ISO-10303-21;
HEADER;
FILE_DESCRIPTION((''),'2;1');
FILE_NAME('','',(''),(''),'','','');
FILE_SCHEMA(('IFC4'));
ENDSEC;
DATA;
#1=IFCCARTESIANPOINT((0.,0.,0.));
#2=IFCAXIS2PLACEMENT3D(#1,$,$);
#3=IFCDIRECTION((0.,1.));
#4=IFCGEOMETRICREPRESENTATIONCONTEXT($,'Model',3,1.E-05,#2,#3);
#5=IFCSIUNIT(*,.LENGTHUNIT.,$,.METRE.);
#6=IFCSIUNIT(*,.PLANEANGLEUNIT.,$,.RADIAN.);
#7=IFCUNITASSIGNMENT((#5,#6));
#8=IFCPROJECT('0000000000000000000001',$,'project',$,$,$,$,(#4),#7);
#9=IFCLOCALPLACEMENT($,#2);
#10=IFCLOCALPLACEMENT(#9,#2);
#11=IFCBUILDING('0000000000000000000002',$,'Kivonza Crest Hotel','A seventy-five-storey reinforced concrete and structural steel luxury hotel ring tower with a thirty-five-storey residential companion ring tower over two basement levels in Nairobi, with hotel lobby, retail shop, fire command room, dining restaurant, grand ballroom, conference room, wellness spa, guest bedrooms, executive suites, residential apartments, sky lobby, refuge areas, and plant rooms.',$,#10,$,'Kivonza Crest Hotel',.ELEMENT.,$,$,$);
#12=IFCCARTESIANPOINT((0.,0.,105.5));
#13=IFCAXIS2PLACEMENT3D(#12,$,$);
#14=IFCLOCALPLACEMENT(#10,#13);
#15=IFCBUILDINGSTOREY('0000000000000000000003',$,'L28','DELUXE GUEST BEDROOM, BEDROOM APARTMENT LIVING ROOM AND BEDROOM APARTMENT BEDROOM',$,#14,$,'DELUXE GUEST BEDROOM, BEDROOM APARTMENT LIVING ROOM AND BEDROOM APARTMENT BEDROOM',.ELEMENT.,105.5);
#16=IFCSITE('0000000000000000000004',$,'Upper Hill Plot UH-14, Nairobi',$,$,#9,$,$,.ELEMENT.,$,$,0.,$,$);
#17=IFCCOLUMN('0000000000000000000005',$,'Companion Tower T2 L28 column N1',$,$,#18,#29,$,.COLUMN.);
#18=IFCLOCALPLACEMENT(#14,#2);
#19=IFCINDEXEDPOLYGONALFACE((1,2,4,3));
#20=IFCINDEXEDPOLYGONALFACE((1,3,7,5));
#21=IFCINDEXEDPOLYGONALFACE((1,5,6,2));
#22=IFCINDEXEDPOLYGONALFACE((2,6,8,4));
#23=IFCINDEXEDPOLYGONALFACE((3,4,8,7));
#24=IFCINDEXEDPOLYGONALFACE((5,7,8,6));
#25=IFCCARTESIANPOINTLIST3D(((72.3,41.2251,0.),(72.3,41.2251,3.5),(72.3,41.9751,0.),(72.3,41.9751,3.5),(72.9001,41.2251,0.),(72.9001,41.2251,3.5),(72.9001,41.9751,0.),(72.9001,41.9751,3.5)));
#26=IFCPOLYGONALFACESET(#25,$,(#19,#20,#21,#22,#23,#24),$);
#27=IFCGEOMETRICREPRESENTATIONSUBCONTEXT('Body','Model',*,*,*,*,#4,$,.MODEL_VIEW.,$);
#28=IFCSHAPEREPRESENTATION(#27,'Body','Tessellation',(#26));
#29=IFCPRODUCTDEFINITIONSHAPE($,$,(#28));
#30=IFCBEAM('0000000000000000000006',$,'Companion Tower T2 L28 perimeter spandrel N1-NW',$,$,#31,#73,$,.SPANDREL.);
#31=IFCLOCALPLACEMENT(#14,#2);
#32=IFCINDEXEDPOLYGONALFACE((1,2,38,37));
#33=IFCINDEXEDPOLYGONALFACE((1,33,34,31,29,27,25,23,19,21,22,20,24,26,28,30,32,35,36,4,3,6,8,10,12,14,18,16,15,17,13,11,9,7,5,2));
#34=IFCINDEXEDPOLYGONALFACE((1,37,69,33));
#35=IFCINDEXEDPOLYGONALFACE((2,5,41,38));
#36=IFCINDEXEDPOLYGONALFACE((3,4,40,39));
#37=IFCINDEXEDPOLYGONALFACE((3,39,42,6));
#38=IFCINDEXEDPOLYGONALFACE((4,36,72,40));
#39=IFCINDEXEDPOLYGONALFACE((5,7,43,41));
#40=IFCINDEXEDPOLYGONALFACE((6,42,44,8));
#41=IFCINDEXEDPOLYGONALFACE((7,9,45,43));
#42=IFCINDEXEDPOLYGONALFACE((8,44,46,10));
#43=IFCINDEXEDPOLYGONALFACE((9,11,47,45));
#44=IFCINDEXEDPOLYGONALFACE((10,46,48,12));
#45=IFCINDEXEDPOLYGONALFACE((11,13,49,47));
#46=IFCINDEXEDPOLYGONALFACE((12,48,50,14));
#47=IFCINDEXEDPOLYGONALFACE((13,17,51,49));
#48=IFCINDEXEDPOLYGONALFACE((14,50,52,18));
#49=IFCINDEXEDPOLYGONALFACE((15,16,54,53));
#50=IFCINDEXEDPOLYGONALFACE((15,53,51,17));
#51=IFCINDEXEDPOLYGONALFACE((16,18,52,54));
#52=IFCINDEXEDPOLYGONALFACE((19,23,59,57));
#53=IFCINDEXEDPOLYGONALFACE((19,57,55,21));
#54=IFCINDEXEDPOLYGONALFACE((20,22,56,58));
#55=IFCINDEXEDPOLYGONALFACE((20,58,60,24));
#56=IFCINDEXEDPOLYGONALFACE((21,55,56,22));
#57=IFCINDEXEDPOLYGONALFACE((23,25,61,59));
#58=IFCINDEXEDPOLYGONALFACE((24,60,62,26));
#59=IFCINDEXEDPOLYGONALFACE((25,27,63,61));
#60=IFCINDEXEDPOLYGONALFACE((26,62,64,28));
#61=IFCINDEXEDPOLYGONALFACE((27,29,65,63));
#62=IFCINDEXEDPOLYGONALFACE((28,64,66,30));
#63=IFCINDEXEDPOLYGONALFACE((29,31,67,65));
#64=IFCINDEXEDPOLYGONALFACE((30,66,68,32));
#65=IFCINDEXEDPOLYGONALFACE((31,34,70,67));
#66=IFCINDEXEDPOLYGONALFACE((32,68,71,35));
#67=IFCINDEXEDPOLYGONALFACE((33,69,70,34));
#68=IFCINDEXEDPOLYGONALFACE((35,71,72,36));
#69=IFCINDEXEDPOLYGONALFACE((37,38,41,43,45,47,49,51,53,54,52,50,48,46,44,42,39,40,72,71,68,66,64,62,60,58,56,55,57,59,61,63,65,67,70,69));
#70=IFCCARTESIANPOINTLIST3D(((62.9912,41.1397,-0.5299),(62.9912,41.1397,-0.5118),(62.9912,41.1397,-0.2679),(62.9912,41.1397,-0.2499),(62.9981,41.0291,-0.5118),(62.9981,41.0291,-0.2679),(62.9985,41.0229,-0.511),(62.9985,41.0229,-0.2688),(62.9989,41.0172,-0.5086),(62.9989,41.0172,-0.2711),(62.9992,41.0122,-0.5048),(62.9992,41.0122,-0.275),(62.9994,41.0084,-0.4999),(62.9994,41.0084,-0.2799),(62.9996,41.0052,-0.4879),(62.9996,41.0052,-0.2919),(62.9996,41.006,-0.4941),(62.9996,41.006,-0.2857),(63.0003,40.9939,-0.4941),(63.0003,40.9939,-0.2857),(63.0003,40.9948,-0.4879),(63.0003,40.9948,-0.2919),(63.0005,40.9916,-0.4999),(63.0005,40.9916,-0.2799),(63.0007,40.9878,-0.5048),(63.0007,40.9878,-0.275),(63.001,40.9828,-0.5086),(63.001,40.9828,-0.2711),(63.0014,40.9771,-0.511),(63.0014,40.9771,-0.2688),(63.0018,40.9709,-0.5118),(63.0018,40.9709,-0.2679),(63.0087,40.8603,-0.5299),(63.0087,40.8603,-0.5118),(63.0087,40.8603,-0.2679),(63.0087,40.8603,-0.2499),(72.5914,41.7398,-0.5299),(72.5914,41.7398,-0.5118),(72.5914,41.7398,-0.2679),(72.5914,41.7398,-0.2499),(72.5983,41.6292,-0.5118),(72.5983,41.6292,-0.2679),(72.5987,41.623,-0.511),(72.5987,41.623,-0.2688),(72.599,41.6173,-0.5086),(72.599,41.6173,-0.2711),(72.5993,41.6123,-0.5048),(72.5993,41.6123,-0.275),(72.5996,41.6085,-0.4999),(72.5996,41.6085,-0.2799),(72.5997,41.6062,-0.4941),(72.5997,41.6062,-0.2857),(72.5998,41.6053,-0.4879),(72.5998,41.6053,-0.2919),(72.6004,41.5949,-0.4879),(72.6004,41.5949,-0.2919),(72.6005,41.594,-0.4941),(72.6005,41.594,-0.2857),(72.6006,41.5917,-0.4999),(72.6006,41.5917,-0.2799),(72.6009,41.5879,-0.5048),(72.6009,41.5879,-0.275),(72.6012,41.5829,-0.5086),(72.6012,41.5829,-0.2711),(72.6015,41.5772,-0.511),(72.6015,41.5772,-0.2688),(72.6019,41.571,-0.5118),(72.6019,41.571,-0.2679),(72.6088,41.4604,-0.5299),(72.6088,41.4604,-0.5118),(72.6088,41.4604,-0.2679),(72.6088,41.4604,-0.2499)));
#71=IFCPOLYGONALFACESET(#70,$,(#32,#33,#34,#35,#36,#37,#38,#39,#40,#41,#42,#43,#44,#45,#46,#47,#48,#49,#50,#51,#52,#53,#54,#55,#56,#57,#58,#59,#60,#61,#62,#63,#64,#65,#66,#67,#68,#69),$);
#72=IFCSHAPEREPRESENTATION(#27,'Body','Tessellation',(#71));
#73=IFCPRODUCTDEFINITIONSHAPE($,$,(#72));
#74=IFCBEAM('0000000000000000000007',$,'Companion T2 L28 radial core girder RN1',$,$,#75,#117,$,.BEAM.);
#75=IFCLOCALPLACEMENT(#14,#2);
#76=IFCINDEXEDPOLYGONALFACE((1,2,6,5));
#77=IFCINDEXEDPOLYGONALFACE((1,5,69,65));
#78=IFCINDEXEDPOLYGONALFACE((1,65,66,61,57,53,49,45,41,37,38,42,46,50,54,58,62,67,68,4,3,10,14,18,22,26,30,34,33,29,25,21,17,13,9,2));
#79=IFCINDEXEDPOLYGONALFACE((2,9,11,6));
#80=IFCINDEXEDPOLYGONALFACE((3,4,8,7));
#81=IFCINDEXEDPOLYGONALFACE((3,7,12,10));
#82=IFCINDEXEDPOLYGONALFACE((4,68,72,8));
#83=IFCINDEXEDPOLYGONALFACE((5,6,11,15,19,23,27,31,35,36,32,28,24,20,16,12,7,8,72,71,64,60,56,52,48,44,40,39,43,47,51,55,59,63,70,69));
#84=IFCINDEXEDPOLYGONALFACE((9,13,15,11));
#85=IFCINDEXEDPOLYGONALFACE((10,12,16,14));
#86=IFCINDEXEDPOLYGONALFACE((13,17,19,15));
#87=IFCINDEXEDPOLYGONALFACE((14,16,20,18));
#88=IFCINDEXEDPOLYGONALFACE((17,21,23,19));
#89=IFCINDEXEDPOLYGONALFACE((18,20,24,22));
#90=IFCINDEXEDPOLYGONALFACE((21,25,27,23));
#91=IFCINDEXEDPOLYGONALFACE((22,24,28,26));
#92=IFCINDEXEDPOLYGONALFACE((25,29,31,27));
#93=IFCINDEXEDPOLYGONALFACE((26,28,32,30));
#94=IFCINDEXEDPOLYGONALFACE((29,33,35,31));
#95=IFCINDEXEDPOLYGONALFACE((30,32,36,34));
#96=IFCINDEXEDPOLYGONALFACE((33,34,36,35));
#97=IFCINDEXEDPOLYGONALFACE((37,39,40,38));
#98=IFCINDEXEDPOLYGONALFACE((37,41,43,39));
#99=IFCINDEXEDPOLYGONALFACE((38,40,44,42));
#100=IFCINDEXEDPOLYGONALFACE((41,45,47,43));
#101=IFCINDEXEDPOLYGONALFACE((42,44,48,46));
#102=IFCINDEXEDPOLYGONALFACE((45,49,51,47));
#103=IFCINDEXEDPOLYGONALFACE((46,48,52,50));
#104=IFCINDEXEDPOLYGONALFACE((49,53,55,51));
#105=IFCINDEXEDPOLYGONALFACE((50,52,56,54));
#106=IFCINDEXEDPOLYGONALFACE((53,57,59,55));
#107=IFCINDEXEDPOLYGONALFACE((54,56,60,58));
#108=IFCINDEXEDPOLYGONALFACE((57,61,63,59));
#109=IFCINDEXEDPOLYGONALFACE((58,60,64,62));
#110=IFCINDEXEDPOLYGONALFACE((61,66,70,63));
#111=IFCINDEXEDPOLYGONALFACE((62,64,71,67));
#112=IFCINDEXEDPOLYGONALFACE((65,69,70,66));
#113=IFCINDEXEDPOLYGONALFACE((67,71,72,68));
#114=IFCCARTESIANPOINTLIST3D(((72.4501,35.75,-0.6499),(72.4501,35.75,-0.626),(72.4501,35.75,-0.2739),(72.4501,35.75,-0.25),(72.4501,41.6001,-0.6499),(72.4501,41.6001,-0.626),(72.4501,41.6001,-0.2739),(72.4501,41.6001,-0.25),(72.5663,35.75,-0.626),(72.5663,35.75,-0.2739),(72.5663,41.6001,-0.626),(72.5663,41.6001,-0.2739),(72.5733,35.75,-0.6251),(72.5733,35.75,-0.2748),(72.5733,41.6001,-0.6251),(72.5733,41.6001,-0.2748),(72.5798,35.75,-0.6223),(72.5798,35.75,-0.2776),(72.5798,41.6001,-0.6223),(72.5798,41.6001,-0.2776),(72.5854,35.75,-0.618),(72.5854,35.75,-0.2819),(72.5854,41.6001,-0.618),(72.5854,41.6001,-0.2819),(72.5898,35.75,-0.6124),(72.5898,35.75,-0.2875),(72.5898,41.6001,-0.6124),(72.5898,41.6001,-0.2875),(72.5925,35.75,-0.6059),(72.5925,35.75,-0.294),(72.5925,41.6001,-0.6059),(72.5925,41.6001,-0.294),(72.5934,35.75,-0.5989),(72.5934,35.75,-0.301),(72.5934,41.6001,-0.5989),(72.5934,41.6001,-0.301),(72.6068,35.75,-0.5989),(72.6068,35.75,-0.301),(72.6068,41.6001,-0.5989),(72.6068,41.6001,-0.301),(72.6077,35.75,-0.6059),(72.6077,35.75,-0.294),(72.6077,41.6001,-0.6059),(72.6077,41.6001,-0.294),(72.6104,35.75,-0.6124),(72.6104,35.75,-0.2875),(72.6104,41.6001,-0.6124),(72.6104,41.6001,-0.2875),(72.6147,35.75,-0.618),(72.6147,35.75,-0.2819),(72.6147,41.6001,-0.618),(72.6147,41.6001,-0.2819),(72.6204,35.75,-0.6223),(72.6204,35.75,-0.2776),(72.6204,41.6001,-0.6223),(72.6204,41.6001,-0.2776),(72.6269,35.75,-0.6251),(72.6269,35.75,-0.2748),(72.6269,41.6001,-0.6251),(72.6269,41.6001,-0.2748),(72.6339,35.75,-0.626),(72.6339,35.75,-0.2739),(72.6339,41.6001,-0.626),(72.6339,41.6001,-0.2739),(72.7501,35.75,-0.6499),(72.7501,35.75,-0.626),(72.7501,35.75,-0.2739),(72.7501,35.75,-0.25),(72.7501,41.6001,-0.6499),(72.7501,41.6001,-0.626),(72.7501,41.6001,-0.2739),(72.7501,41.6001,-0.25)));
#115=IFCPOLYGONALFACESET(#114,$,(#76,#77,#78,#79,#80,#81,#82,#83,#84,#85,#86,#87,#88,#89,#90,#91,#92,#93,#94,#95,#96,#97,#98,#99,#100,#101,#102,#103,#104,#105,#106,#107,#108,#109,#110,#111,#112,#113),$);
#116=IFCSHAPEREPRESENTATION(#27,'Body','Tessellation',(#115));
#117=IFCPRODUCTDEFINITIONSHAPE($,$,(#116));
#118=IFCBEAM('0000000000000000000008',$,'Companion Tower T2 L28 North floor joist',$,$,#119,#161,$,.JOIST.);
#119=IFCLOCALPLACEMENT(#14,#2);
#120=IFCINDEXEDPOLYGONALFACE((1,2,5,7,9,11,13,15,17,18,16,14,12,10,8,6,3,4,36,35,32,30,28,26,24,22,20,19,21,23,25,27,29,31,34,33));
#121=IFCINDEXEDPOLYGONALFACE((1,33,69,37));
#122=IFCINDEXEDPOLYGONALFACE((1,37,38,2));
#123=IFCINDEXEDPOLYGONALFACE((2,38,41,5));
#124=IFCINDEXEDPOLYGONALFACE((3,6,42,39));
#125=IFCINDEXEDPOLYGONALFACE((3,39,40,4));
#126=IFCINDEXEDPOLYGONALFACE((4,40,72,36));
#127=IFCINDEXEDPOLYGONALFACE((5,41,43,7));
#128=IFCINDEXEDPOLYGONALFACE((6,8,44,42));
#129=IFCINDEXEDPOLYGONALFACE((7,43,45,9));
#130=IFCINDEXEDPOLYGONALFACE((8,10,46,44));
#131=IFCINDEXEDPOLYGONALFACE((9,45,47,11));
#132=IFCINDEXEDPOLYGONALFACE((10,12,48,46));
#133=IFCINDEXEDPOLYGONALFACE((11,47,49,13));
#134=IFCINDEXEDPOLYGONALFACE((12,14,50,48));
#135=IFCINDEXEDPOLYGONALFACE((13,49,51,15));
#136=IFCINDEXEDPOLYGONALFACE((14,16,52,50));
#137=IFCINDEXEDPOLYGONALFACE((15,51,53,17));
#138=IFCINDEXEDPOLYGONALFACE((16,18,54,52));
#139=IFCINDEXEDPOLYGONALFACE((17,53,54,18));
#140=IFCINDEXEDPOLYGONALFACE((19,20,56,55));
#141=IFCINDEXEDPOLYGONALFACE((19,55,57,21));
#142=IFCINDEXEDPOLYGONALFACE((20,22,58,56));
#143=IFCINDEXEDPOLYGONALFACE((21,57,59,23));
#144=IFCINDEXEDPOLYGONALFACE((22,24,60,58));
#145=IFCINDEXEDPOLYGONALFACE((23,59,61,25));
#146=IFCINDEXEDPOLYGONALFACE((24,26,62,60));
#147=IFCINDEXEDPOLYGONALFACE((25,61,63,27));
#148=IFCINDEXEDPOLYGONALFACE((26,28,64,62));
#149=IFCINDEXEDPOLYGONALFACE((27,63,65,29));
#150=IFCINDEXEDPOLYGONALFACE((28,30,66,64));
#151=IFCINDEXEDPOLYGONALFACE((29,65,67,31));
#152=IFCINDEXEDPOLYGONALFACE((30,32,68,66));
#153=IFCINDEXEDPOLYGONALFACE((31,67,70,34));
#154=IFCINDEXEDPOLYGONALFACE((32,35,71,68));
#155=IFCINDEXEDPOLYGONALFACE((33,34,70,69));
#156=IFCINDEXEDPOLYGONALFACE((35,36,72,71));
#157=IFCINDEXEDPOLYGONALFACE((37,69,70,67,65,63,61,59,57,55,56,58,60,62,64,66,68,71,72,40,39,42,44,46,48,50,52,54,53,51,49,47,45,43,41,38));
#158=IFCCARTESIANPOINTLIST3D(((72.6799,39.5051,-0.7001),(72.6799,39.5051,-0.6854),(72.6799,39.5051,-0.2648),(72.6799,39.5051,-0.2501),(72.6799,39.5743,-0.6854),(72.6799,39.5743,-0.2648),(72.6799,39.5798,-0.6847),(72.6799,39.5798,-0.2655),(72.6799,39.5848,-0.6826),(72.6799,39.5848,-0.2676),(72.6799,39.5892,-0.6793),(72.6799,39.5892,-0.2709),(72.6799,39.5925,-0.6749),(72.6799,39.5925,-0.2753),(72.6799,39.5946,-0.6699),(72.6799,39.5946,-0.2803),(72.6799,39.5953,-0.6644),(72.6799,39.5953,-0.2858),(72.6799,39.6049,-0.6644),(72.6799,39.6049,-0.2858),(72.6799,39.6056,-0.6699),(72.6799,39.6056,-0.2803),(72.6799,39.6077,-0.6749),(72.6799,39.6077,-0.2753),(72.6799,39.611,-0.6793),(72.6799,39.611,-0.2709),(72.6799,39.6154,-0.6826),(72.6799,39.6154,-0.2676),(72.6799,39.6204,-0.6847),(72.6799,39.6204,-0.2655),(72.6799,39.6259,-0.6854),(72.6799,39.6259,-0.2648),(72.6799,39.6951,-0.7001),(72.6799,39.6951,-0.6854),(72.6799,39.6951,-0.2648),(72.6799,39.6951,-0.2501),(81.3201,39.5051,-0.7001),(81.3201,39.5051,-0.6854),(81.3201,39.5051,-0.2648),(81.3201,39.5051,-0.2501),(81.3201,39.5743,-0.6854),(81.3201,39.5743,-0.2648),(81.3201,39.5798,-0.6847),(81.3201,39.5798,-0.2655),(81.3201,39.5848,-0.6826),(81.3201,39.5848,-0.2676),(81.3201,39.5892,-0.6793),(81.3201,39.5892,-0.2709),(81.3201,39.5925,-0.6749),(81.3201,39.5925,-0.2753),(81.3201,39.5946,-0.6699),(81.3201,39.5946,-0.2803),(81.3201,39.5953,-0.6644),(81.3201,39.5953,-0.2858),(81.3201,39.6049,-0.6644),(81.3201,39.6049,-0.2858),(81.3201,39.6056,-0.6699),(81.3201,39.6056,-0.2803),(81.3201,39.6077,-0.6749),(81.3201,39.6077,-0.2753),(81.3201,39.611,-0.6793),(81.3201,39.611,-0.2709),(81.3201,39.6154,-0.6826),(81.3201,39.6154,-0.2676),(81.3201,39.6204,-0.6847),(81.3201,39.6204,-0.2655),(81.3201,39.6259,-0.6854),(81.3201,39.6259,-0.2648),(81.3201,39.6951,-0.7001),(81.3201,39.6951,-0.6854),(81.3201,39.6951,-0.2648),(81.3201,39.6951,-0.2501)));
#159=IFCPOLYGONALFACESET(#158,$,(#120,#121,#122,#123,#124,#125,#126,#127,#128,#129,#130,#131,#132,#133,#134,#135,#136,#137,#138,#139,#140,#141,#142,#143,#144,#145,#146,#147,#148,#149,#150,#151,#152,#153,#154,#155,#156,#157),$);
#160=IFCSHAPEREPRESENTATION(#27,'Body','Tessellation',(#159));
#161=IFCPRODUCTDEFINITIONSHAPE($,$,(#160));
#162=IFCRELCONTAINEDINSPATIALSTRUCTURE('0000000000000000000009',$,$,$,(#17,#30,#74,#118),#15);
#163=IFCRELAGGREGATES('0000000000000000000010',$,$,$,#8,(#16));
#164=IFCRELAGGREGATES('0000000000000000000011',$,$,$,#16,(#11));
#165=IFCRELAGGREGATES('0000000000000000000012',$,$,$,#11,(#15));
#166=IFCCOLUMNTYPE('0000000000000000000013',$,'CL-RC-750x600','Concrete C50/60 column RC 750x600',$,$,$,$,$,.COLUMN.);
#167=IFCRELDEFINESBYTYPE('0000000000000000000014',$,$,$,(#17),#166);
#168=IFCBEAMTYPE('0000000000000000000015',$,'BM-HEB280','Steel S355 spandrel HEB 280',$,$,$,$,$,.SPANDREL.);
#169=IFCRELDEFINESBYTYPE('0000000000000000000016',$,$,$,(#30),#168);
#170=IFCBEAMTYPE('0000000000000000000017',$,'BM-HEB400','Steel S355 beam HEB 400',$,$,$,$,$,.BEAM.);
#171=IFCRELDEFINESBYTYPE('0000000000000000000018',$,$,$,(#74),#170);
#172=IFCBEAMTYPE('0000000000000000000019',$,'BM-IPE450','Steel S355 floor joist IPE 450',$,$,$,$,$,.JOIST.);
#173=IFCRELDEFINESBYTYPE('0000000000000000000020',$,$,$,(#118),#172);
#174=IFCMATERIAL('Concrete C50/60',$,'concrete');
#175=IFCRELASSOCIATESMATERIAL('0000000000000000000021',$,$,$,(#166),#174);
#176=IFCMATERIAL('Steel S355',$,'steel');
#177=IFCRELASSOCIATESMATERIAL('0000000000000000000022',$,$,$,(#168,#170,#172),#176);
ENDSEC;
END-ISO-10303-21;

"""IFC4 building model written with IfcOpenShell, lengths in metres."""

from ifc_helpers import new_model, si_unit, direction, frame, origin, origin_2d, place, context, subcontext, project, spatial, rectangle, i_section, extrude, material, material_profile, profile_set, type_object, element, save


model = new_model("IFC4")

# Units and contexts
model_context = context("Model", 3, precision=1e-05, world=origin(), true_north=direction((0.0, 1.0)))
body_context = subcontext(model_context, "Body", "Model", "MODEL_VIEW")
ifc_project = project(units=[si_unit("LENGTHUNIT", "METRE"), si_unit("PLANEANGLEUNIT", "RADIAN")], contexts=[model_context])

# Site, building, storey
site_placement = place(None, origin())
site = spatial("IfcSite", under=ifc_project, at=site_placement, Name="Upper Hill Plot UH-14, Nairobi", CompositionType="ELEMENT", RefElevation=0.0)
building_placement = place(site_placement, origin())
building = spatial("IfcBuilding", under=site, at=building_placement, Name="Kivonza Crest Hotel", Description="A seventy-five-storey reinforced concrete and structural steel luxury hotel ring tower with a thirty-five-storey residential companion ring tower over two basement levels in Nairobi, with hotel lobby, retail shop, fire command room, dining restaurant, grand ballroom, conference room, wellness spa, guest bedrooms, executive suites, residential apartments, sky lobby, refuge areas, and plant rooms.", LongName="Kivonza Crest Hotel", CompositionType="ELEMENT")
storey_placement = place(building_placement, frame((0.0, 0.0, 105.5)))
storey = spatial("IfcBuildingStorey", under=building, at=storey_placement, Name="L28", Description="DELUXE GUEST BEDROOM, BEDROOM APARTMENT LIVING ROOM AND BEDROOM APARTMENT BEDROOM", LongName="DELUXE GUEST BEDROOM, BEDROOM APARTMENT LIVING ROOM AND BEDROOM APARTMENT BEDROOM", CompositionType="ELEMENT", Elevation=105.5)

# Column
ifc_material_1 = material(Name="Concrete C50/60", Category="concrete")
ifc_material_profile_1 = material_profile(ifc_material_1, rectangle(XDim=0.6001, YDim=0.75, at=origin_2d()), Name="RC 750x600")
ifc_profile_set_1 = profile_set([ifc_material_profile_1], Name="Concrete C50/60")
column_type = type_object("IfcColumnType", Name="CL-RC-750x600", Description="Concrete C50/60 column RC 750x600", PredefinedType="COLUMN", material=ifc_profile_set_1)
column_placement = place(storey_placement, frame((72.6001, 41.6001, 0.0), z_axis=(0.0, 0.0, 1.0), x_axis=(1.0, 0.0, 0.0)))
element("IfcColumn", 1, at=column_placement, inside=storey, type_object=column_type, Name="Companion Tower T2 L28 column N1", PredefinedType="COLUMN", context=body_context, shape_type="SweptSolid", body=[
    extrude(rectangle(XDim=0.6001, YDim=0.75, at=origin_2d()), origin(), (0.0, 0.0, 1.0), 3.5),
])

# Beams
ifc_material_2 = material(Name="Steel S355", Category="steel")
ifc_material_profile_2 = material_profile(ifc_material_2, i_section(OverallWidth=0.28, OverallDepth=0.28, WebThickness=0.0105, FlangeThickness=0.0181, FilletRadius=0.0239, at=origin_2d()), Name="HEB 280")
ifc_profile_set_2 = profile_set([ifc_material_profile_2], Name="Steel S355")
beam_type_1 = type_object("IfcBeamType", Name="BM-HEB280", Description="Steel S355 spandrel HEB 280", PredefinedType="SPANDREL", material=ifc_profile_set_2)
beam_1_placement = place(storey_placement, frame((72.6001, 41.6001, -0.3899), z_axis=(-0.998052, -0.062388, 0.0), x_axis=(0.062388, -0.998052, 0.0)))
element("IfcBeam", 2, at=beam_1_placement, inside=storey, type_object=beam_type_1, Name="Companion Tower T2 L28 perimeter spandrel N1-NW", PredefinedType="SPANDREL", context=body_context, shape_type="SweptSolid", body=[
    extrude(i_section(OverallWidth=0.28, OverallDepth=0.28, WebThickness=0.0105, FlangeThickness=0.0181, FilletRadius=0.0239, at=origin_2d()), origin(), (0.0, 0.0, 1.0), 9.6189),
])
ifc_material_profile_3 = material_profile(ifc_material_2, i_section(OverallWidth=0.3, OverallDepth=0.3999, WebThickness=0.0134, FlangeThickness=0.0239, FilletRadius=0.0271, at=origin_2d()), Name="HEB 400")
ifc_profile_set_3 = profile_set([ifc_material_profile_3], Name="Steel S355")
beam_type_2 = type_object("IfcBeamType", Name="BM-HEB400", Description="Steel S355 beam HEB 400", PredefinedType="BEAM", material=ifc_profile_set_3)
beam_2_placement = place(storey_placement, frame((72.6001, 41.6001, -0.45), z_axis=(0.0, -1.0, 0.0), x_axis=(1.0, 0.0, 0.0)))
element("IfcBeam", 3, at=beam_2_placement, inside=storey, type_object=beam_type_2, Name="Companion T2 L28 radial core girder RN1", PredefinedType="BEAM", context=body_context, shape_type="SweptSolid", body=[
    extrude(i_section(OverallWidth=0.3, OverallDepth=0.3999, WebThickness=0.0134, FlangeThickness=0.0239, FilletRadius=0.0271, at=origin_2d()), origin(), (0.0, 0.0, 1.0), 5.8501),
])
ifc_material_profile_4 = material_profile(ifc_material_2, i_section(OverallWidth=0.1899, OverallDepth=0.45, WebThickness=0.0095, FlangeThickness=0.0146, FilletRadius=0.021, at=origin_2d()), Name="IPE 450")
ifc_profile_set_4 = profile_set([ifc_material_profile_4], Name="Steel S355")
beam_type_3 = type_object("IfcBeamType", Name="BM-IPE450", Description="Steel S355 floor joist IPE 450", PredefinedType="JOIST", material=ifc_profile_set_4)
beam_3_placement = place(storey_placement, frame((72.6799, 39.6001, -0.4751), z_axis=(1.0, 0.0, 0.0), x_axis=(0.0, 1.0, 0.0)))
element("IfcBeam", 4, at=beam_3_placement, inside=storey, type_object=beam_type_3, Name="Companion Tower T2 L28 North floor joist", PredefinedType="JOIST", context=body_context, shape_type="SweptSolid", body=[
    extrude(i_section(OverallWidth=0.1899, OverallDepth=0.45, WebThickness=0.0095, FlangeThickness=0.0146, FilletRadius=0.021, at=origin_2d()), origin(), (0.0, 0.0, 1.0), 8.6401),
])

save(model, "model.ifc")
